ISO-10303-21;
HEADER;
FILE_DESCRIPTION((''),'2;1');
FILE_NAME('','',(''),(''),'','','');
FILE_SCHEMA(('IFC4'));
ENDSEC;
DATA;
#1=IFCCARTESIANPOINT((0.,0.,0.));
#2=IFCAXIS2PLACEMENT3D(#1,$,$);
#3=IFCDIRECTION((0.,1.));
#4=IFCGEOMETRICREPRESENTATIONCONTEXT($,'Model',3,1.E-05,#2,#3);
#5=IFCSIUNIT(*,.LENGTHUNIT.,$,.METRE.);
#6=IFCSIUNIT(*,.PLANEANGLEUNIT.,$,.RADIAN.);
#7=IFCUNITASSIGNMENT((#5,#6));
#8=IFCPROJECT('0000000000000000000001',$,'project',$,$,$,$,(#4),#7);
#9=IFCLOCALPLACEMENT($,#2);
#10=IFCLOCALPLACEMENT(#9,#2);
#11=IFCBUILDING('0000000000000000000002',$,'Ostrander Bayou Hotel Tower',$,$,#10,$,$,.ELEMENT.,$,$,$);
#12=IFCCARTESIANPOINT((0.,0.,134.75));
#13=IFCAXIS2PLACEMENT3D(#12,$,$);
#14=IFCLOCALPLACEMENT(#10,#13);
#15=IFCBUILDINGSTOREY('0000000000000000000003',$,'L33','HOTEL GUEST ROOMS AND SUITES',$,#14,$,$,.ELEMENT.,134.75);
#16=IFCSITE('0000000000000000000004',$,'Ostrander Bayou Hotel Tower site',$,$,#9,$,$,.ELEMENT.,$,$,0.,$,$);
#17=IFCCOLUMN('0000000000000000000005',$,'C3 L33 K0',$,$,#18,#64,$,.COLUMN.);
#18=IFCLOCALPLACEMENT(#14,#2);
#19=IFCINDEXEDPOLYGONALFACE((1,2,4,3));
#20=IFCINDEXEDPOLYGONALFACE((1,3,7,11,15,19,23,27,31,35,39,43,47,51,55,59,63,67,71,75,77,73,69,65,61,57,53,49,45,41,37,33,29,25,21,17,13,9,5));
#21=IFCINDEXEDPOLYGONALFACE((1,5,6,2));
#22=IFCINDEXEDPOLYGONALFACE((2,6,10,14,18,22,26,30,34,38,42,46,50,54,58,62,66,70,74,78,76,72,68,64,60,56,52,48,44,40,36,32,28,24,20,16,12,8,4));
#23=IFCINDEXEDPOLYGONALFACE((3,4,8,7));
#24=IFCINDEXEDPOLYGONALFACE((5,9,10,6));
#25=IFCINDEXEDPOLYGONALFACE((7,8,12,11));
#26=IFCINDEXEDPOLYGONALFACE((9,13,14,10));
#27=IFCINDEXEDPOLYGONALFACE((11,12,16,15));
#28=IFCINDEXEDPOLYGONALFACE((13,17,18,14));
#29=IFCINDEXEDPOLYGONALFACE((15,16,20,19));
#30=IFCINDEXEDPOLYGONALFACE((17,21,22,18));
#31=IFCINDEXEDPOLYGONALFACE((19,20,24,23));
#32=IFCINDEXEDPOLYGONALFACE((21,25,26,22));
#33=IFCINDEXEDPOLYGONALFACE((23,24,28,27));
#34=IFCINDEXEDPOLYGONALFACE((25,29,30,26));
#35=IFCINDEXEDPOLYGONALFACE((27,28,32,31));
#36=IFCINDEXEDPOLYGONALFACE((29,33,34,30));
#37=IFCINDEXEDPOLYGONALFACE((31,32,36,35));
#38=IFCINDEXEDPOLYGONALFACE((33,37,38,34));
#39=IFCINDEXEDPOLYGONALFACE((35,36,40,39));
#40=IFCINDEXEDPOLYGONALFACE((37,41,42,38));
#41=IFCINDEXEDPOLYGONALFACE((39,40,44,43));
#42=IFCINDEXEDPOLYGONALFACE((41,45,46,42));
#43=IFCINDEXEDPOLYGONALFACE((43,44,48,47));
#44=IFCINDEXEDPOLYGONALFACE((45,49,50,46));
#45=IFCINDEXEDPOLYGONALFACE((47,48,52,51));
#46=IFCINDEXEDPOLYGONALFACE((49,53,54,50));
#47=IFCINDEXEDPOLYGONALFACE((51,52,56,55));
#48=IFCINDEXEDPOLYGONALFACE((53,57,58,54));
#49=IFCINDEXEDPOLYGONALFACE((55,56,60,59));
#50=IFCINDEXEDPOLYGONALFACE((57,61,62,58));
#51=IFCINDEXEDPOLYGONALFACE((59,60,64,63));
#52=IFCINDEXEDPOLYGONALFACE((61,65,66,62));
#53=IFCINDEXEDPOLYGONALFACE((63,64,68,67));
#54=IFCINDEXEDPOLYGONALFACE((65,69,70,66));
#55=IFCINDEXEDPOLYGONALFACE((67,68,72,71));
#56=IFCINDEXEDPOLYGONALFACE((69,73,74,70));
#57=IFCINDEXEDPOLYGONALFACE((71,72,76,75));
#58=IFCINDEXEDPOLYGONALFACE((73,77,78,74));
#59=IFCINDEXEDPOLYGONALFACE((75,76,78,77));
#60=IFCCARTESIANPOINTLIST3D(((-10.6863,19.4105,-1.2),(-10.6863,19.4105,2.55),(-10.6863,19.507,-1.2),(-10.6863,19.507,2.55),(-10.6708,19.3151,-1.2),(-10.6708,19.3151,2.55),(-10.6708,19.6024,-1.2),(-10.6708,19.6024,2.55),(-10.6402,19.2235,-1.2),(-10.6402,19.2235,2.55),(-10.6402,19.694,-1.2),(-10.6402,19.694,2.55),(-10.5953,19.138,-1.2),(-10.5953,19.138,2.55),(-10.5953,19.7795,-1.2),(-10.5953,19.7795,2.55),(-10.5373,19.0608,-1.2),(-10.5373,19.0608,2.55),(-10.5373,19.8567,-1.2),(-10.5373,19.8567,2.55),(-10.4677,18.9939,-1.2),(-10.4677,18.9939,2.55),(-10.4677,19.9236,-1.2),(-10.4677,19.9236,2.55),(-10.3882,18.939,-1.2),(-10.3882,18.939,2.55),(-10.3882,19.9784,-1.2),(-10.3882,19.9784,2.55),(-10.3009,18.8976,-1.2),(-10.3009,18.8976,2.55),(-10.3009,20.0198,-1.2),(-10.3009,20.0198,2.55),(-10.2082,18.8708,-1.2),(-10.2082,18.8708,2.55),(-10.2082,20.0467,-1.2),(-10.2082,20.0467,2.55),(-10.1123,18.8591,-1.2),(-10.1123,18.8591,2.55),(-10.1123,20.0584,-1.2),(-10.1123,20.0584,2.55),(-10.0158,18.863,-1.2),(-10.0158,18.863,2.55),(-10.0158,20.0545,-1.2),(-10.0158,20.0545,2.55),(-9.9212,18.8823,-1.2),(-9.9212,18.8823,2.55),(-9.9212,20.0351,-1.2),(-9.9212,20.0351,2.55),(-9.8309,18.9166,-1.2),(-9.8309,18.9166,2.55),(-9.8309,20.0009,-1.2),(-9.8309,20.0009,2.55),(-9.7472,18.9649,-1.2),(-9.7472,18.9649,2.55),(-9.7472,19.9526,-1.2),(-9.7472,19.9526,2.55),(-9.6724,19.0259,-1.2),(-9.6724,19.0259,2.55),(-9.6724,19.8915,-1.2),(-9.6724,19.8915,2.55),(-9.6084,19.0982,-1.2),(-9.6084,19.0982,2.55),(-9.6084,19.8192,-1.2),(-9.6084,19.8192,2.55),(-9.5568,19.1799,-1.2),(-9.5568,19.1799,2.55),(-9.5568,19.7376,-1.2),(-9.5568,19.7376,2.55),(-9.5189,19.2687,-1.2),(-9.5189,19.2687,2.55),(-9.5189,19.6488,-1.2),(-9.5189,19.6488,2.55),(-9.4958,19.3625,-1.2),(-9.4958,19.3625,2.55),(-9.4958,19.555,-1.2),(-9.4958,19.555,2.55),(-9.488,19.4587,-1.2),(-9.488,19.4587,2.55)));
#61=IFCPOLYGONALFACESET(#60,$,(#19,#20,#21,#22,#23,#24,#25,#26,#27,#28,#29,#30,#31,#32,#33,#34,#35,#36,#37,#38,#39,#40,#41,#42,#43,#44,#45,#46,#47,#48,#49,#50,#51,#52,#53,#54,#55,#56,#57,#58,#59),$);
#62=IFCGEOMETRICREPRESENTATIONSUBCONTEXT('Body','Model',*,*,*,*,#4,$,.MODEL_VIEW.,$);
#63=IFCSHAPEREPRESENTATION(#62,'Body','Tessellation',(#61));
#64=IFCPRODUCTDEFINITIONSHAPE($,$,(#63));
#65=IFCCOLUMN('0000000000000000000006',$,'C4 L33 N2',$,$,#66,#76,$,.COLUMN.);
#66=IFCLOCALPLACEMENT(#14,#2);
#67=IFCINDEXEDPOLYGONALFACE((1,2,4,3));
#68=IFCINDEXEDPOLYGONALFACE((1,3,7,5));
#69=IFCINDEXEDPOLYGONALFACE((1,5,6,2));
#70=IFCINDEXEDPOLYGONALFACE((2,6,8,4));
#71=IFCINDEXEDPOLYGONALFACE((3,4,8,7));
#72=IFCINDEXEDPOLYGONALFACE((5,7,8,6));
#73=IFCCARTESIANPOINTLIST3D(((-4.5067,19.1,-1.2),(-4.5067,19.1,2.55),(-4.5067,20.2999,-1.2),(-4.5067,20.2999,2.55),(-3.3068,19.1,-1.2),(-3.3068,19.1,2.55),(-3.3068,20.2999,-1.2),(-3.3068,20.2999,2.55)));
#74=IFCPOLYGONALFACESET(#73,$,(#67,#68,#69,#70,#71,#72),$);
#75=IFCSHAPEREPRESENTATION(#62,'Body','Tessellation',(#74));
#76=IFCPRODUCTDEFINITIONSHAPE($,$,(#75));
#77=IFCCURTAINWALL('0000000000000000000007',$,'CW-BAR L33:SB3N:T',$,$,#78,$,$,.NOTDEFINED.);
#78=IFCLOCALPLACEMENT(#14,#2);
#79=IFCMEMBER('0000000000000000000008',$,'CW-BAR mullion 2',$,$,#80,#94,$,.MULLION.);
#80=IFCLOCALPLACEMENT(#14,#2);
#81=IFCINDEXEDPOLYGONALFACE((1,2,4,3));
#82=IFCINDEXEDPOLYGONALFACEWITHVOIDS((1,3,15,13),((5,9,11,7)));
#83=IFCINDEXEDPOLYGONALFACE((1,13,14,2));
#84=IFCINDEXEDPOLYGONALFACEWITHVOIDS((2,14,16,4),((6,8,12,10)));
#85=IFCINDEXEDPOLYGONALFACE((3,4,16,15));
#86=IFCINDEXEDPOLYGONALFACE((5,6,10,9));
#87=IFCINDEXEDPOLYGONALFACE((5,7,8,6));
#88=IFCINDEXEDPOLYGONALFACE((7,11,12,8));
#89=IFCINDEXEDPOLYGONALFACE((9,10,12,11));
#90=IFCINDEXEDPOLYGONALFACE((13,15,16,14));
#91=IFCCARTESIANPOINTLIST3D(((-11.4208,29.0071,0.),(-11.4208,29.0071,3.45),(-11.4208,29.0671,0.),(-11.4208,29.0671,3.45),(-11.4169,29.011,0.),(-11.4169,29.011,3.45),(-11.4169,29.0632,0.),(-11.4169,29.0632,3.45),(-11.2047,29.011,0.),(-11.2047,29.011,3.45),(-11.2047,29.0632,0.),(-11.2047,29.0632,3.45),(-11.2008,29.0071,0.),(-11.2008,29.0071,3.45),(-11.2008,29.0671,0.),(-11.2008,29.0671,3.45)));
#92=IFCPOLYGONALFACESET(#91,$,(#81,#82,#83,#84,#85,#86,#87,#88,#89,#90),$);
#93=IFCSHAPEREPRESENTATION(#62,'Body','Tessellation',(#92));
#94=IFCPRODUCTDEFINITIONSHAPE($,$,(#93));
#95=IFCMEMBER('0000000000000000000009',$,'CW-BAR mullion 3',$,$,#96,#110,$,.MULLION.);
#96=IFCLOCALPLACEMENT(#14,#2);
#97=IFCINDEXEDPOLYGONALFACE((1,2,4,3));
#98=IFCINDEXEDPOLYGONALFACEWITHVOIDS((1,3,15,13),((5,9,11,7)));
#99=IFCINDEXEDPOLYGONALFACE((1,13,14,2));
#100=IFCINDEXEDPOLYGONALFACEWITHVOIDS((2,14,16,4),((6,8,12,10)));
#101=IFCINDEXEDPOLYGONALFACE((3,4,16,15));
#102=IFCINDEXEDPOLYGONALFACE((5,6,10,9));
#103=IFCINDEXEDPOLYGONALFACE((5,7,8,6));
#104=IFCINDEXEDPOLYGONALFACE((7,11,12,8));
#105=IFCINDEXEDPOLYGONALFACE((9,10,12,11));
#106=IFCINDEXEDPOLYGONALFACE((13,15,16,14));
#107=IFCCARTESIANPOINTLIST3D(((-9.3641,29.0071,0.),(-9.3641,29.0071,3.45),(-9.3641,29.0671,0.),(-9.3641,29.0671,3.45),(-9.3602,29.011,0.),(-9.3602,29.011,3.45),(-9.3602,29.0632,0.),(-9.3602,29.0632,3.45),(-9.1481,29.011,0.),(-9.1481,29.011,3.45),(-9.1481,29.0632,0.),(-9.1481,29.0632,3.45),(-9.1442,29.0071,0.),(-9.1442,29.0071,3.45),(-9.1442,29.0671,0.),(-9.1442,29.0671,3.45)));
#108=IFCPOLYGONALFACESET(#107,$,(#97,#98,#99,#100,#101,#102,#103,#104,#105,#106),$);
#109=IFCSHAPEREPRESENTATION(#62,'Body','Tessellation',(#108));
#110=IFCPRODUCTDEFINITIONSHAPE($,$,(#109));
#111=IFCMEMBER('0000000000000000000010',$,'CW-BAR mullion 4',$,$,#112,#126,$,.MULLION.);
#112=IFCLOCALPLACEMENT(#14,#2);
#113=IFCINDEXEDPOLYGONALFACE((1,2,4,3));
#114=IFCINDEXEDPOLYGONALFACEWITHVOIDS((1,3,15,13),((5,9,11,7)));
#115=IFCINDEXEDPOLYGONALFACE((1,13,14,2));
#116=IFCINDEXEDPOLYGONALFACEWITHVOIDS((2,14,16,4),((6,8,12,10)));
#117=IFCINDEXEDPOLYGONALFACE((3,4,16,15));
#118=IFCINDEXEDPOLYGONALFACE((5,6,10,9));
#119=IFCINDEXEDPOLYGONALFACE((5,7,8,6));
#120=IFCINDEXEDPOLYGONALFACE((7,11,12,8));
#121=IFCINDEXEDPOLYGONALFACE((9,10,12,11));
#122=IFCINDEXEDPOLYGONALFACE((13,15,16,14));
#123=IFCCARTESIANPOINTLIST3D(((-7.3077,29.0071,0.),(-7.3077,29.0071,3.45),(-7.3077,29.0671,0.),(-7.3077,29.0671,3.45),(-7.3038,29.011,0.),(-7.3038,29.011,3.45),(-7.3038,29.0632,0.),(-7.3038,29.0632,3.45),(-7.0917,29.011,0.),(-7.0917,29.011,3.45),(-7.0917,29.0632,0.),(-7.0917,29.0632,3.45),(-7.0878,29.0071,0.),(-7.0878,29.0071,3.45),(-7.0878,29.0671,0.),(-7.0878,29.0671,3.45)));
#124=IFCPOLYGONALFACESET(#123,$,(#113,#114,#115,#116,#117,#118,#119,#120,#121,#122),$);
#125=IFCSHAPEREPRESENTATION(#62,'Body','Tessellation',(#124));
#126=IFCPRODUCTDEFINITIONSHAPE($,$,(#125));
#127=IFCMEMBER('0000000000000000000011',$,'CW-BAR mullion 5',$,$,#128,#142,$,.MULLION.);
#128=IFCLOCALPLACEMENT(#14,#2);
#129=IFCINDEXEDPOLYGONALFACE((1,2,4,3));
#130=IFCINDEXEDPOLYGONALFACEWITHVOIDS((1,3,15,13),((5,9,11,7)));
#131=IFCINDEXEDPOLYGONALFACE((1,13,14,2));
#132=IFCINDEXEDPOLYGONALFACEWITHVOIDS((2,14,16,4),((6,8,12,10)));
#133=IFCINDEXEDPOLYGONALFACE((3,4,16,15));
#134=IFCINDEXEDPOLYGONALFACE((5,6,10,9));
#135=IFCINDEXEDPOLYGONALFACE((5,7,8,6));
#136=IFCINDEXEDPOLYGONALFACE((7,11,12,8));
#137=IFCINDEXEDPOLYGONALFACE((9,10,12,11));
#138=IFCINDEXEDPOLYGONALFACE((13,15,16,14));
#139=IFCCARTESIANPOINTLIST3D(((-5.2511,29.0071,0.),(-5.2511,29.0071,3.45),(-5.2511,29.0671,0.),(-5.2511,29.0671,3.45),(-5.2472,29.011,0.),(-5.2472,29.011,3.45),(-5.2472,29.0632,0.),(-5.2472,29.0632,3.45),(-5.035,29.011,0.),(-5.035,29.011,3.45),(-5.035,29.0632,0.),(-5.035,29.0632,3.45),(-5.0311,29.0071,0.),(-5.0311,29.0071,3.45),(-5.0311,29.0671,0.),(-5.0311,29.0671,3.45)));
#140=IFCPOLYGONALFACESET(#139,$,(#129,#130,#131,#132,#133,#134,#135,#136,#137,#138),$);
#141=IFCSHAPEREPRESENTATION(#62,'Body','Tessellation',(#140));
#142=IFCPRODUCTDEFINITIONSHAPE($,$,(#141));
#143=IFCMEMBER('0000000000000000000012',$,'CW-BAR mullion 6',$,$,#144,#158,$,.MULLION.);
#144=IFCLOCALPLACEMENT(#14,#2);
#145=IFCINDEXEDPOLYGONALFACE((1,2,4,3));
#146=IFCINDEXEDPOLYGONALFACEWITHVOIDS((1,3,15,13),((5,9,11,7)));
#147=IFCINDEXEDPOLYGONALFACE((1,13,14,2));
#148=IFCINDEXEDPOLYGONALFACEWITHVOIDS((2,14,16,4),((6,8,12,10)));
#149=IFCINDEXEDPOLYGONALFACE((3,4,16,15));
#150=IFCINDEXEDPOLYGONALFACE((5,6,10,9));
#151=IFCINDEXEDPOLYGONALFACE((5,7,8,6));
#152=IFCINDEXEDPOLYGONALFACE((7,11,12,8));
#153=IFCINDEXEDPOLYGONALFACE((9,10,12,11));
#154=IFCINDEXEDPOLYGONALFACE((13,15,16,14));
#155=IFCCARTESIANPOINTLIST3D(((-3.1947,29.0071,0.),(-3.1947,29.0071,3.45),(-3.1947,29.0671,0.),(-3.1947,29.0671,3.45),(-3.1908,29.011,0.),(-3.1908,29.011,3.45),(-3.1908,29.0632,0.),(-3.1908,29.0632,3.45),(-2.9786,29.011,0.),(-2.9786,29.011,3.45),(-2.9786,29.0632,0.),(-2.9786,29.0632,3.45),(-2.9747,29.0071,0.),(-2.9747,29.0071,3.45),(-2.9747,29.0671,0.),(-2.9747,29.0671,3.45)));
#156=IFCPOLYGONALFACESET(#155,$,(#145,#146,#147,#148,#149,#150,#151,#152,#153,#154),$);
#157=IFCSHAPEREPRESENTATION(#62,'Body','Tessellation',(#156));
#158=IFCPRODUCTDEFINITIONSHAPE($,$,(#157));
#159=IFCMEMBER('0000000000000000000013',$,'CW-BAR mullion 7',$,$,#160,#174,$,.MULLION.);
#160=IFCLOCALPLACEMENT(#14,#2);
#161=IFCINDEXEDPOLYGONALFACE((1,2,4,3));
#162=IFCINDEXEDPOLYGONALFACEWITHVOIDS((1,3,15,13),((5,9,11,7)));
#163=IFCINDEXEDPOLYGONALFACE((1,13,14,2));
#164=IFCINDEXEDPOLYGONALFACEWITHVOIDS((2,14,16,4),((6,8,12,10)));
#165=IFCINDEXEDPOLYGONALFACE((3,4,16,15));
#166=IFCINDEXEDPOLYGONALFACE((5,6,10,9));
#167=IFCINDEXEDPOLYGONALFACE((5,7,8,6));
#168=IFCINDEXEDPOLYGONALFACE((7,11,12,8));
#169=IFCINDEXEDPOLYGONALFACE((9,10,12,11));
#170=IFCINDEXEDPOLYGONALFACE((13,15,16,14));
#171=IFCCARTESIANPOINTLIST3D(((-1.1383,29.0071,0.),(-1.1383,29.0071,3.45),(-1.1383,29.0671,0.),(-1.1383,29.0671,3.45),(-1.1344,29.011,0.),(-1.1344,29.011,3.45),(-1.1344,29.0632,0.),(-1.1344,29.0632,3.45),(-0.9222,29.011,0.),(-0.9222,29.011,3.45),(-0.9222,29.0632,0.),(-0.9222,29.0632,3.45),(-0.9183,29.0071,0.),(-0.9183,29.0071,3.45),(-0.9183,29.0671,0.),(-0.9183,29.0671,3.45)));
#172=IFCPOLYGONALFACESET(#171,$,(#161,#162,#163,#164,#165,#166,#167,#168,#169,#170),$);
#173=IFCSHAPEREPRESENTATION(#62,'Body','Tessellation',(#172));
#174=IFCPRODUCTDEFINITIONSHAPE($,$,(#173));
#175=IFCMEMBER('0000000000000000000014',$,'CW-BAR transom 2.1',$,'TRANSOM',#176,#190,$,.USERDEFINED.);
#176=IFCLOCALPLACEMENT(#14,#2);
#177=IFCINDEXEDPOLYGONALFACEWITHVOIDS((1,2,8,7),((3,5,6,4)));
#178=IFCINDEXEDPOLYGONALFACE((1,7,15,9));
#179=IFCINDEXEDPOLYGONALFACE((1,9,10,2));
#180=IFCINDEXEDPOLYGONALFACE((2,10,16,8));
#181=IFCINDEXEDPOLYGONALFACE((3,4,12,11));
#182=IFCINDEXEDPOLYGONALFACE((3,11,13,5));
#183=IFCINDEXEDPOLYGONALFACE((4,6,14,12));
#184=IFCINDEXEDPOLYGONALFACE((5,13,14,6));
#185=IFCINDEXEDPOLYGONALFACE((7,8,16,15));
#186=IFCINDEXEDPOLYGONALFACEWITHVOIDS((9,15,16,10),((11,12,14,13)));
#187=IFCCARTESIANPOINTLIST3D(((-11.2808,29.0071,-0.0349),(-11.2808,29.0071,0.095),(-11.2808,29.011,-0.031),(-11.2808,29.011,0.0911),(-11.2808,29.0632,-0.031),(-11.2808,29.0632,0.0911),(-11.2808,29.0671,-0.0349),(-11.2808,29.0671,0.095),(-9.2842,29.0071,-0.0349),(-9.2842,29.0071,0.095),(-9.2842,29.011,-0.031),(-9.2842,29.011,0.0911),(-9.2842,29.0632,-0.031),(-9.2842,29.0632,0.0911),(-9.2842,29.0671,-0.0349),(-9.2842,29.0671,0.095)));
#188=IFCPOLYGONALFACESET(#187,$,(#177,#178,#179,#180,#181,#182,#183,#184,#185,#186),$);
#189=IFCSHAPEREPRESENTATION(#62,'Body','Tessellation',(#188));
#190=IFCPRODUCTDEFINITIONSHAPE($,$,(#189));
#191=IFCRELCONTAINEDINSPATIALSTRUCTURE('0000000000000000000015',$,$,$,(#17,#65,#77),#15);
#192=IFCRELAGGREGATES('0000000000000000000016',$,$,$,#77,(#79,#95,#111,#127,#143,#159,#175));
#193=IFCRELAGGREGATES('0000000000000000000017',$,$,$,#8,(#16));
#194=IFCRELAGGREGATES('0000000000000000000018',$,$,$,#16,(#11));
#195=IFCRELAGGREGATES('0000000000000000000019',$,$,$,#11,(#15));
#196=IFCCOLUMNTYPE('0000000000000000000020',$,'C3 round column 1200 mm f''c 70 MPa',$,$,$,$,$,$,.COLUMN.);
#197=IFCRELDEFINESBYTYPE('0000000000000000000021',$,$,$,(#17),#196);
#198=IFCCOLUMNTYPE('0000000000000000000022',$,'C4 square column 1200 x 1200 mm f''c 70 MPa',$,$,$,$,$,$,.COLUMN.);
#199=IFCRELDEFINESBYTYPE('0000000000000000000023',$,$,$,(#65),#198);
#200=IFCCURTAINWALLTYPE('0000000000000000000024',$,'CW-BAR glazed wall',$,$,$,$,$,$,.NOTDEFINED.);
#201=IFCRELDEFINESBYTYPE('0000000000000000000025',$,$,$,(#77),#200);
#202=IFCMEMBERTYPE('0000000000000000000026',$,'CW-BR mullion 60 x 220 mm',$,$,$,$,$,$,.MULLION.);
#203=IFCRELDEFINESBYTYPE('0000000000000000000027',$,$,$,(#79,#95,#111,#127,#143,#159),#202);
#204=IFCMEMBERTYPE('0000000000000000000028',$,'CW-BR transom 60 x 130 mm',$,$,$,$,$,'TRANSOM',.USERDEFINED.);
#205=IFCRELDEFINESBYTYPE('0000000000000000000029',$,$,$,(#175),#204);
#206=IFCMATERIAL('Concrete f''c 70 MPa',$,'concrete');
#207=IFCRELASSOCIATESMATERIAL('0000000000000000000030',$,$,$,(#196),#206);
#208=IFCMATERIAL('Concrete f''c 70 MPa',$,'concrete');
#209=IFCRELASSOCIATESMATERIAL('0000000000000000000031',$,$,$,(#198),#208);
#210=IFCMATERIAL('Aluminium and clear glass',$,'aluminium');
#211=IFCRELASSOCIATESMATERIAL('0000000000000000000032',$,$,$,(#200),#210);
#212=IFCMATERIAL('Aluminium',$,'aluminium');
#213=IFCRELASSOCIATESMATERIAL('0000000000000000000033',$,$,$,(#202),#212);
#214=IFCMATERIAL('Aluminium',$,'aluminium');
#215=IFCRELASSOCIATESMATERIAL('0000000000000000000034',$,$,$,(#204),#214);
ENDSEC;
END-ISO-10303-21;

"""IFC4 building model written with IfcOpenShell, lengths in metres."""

from ifc_helpers import new_model, si_unit, direction, frame, origin, origin_2d, place, context, subcontext, project, spatial, rectangle, hollow_rectangle, circle, extrude, material, material_profile, profile_set, type_object, element, aggregate, save


model = new_model("IFC4")

# Units and contexts
model_context = context("Model", 3, precision=1e-05, world=origin(), true_north=direction((0.0, 1.0)))
body_context = subcontext(model_context, "Body", "Model", "MODEL_VIEW")
ifc_project = project(units=[si_unit("LENGTHUNIT", "METRE"), si_unit("PLANEANGLEUNIT", "RADIAN")], contexts=[model_context])

# Site, building, storey
site_placement = place(None, origin())
site = spatial("IfcSite", under=ifc_project, at=site_placement, Name="Ostrander Bayou Hotel Tower site", CompositionType="ELEMENT", RefElevation=0.0)
building_placement = place(site_placement, origin())
building = spatial("IfcBuilding", under=site, at=building_placement, Name="Ostrander Bayou Hotel Tower", CompositionType="ELEMENT")
storey_placement = place(building_placement, frame((0.0, 0.0, 134.75)))
storey = spatial("IfcBuildingStorey", under=building, at=storey_placement, Name="L33", Description="HOTEL GUEST ROOMS AND SUITES", CompositionType="ELEMENT", Elevation=134.75)

# Columns
ifc_material_1 = material(Name="Concrete f'c 70 MPa", Category="concrete")
ifc_material_profile_1 = material_profile(ifc_material_1, circle(Radius=0.6001, at=origin_2d()))
ifc_profile_set_1 = profile_set([ifc_material_profile_1], Name="Concrete f'c 70 MPa")
column_type_1 = type_object("IfcColumnType", Name="C3 round column 1200 mm f'c 70 MPa", PredefinedType="COLUMN", material=ifc_profile_set_1)
column_1_placement = place(storey_placement, frame((-10.0881, 19.4587, -1.2), z_axis=(0.0, 0.0, 1.0), x_axis=(1.0, 0.0, 0.0)))
element("IfcColumn", 1, at=column_1_placement, inside=storey, type_object=column_type_1, Name="C3 L33 K0", PredefinedType="COLUMN", context=body_context, shape_type="SweptSolid", body=[
    extrude(circle(Radius=0.6001, at=origin_2d()), origin(), (0.0, 0.0, 1.0), 3.75),
])
ifc_material_2 = material(Name="Concrete f'c 70 MPa", Category="concrete")
ifc_material_profile_2 = material_profile(ifc_material_2, rectangle(XDim=1.2, YDim=1.2, at=origin_2d()))
ifc_profile_set_2 = profile_set([ifc_material_profile_2], Name="Concrete f'c 70 MPa")
column_type_2 = type_object("IfcColumnType", Name="C4 square column 1200 x 1200 mm f'c 70 MPa", PredefinedType="COLUMN", material=ifc_profile_set_2)
column_2_placement = place(storey_placement, frame((-3.9067, 19.7, -1.2), z_axis=(0.0, 0.0, 1.0), x_axis=(1.0, 0.0, 0.0)))
element("IfcColumn", 2, at=column_2_placement, inside=storey, type_object=column_type_2, Name="C4 L33 N2", PredefinedType="COLUMN", context=body_context, shape_type="SweptSolid", body=[
    extrude(rectangle(XDim=1.2, YDim=1.2, at=origin_2d()), origin(), (0.0, 0.0, 1.0), 3.75),
])

# Curtain wall, members
ifc_material_3 = material(Name="Aluminium and clear glass", Category="aluminium")
curtain_wall_type = type_object("IfcCurtainWallType", Name="CW-BAR glazed wall", PredefinedType="NOTDEFINED", material=ifc_material_3)
curtain_wall_placement = place(storey_placement, origin())
curtain_wall = element("IfcCurtainWall", 3, at=curtain_wall_placement, inside=storey, type_object=curtain_wall_type, Name="CW-BAR L33:SB3N:T", PredefinedType="NOTDEFINED")
ifc_material_4 = material(Name="Aluminium", Category="aluminium")
ifc_material_profile_3 = material_profile(ifc_material_4, hollow_rectangle(XDim=0.0601, YDim=0.22, WallThickness=0.0039, at=origin_2d()))
ifc_profile_set_3 = profile_set([ifc_material_profile_3], Name="Aluminium")
member_type_1 = type_object("IfcMemberType", Name="CW-BR mullion 60 x 220 mm", PredefinedType="MULLION", material=ifc_profile_set_3)
member_1_placement = place(storey_placement, frame((-11.3108, 29.0371, 0.0), z_axis=(0.0, 0.0, 1.0), x_axis=(0.0, 1.0, 0.0)))
member_1 = element("IfcMember", 4, at=member_1_placement, type_object=member_type_1, Name="CW-BAR mullion 2", PredefinedType="MULLION", context=body_context, shape_type="SweptSolid", body=[
    extrude(hollow_rectangle(XDim=0.0601, YDim=0.22, WallThickness=0.0039, at=origin_2d()), origin(), (0.0, 0.0, 1.0), 3.45),
])
member_2_placement = place(storey_placement, frame((-9.2542, 29.0371, 0.0), z_axis=(0.0, 0.0, 1.0), x_axis=(0.0, 1.0, 0.0)))
member_2 = element("IfcMember", 5, at=member_2_placement, type_object=member_type_1, Name="CW-BAR mullion 3", PredefinedType="MULLION", context=body_context, shape_type="SweptSolid", body=[
    extrude(hollow_rectangle(XDim=0.0601, YDim=0.22, WallThickness=0.0039, at=origin_2d()), origin(), (0.0, 0.0, 1.0), 3.45),
])
member_3_placement = place(storey_placement, frame((-7.1978, 29.0371, 0.0), z_axis=(0.0, 0.0, 1.0), x_axis=(0.0, 1.0, 0.0)))
member_3 = element("IfcMember", 6, at=member_3_placement, type_object=member_type_1, Name="CW-BAR mullion 4", PredefinedType="MULLION", context=body_context, shape_type="SweptSolid", body=[
    extrude(hollow_rectangle(XDim=0.0601, YDim=0.22, WallThickness=0.0039, at=origin_2d()), origin(), (0.0, 0.0, 1.0), 3.45),
])
member_4_placement = place(storey_placement, frame((-5.1411, 29.0371, 0.0), z_axis=(0.0, 0.0, 1.0), x_axis=(0.0, 1.0, 0.0)))
member_4 = element("IfcMember", 7, at=member_4_placement, type_object=member_type_1, Name="CW-BAR mullion 5", PredefinedType="MULLION", context=body_context, shape_type="SweptSolid", body=[
    extrude(hollow_rectangle(XDim=0.0601, YDim=0.22, WallThickness=0.0039, at=origin_2d()), origin(), (0.0, 0.0, 1.0), 3.45),
])
member_5_placement = place(storey_placement, frame((-3.0847, 29.0371, 0.0), z_axis=(0.0, 0.0, 1.0), x_axis=(0.0, 1.0, 0.0)))
member_5 = element("IfcMember", 8, at=member_5_placement, type_object=member_type_1, Name="CW-BAR mullion 6", PredefinedType="MULLION", context=body_context, shape_type="SweptSolid", body=[
    extrude(hollow_rectangle(XDim=0.0601, YDim=0.22, WallThickness=0.0039, at=origin_2d()), origin(), (0.0, 0.0, 1.0), 3.45),
])
member_6_placement = place(storey_placement, frame((-1.0283, 29.0371, 0.0), z_axis=(0.0, 0.0, 1.0), x_axis=(0.0, 1.0, 0.0)))
member_6 = element("IfcMember", 9, at=member_6_placement, type_object=member_type_1, Name="CW-BAR mullion 7", PredefinedType="MULLION", context=body_context, shape_type="SweptSolid", body=[
    extrude(hollow_rectangle(XDim=0.0601, YDim=0.22, WallThickness=0.0039, at=origin_2d()), origin(), (0.0, 0.0, 1.0), 3.45),
])
ifc_material_5 = material(Name="Aluminium", Category="aluminium")
ifc_material_profile_4 = material_profile(ifc_material_5, hollow_rectangle(XDim=0.0601, YDim=0.1299, WallThickness=0.0039, at=origin_2d()))
ifc_profile_set_4 = profile_set([ifc_material_profile_4], Name="Aluminium")
member_type_2 = type_object("IfcMemberType", Name="CW-BR transom 60 x 130 mm", ElementType="TRANSOM", PredefinedType="USERDEFINED", material=ifc_profile_set_4)
member_7_placement = place(storey_placement, frame((-11.2808, 29.0371, 0.03), z_axis=(1.0, 0.0, 0.0), x_axis=(0.0, 1.0, 0.0)))
member_7 = element("IfcMember", 10, at=member_7_placement, type_object=member_type_2, Name="CW-BAR transom 2.1", ObjectType="TRANSOM", PredefinedType="USERDEFINED", context=body_context, shape_type="SweptSolid", body=[
    extrude(hollow_rectangle(XDim=0.0601, YDim=0.1299, WallThickness=0.0039, at=origin_2d()), origin(), (0.0, 0.0, 1.0), 1.9966),
])
aggregate(curtain_wall, [member_1, member_2, member_3, member_4, member_5, member_6, member_7])

save(model, "model.ifc")
